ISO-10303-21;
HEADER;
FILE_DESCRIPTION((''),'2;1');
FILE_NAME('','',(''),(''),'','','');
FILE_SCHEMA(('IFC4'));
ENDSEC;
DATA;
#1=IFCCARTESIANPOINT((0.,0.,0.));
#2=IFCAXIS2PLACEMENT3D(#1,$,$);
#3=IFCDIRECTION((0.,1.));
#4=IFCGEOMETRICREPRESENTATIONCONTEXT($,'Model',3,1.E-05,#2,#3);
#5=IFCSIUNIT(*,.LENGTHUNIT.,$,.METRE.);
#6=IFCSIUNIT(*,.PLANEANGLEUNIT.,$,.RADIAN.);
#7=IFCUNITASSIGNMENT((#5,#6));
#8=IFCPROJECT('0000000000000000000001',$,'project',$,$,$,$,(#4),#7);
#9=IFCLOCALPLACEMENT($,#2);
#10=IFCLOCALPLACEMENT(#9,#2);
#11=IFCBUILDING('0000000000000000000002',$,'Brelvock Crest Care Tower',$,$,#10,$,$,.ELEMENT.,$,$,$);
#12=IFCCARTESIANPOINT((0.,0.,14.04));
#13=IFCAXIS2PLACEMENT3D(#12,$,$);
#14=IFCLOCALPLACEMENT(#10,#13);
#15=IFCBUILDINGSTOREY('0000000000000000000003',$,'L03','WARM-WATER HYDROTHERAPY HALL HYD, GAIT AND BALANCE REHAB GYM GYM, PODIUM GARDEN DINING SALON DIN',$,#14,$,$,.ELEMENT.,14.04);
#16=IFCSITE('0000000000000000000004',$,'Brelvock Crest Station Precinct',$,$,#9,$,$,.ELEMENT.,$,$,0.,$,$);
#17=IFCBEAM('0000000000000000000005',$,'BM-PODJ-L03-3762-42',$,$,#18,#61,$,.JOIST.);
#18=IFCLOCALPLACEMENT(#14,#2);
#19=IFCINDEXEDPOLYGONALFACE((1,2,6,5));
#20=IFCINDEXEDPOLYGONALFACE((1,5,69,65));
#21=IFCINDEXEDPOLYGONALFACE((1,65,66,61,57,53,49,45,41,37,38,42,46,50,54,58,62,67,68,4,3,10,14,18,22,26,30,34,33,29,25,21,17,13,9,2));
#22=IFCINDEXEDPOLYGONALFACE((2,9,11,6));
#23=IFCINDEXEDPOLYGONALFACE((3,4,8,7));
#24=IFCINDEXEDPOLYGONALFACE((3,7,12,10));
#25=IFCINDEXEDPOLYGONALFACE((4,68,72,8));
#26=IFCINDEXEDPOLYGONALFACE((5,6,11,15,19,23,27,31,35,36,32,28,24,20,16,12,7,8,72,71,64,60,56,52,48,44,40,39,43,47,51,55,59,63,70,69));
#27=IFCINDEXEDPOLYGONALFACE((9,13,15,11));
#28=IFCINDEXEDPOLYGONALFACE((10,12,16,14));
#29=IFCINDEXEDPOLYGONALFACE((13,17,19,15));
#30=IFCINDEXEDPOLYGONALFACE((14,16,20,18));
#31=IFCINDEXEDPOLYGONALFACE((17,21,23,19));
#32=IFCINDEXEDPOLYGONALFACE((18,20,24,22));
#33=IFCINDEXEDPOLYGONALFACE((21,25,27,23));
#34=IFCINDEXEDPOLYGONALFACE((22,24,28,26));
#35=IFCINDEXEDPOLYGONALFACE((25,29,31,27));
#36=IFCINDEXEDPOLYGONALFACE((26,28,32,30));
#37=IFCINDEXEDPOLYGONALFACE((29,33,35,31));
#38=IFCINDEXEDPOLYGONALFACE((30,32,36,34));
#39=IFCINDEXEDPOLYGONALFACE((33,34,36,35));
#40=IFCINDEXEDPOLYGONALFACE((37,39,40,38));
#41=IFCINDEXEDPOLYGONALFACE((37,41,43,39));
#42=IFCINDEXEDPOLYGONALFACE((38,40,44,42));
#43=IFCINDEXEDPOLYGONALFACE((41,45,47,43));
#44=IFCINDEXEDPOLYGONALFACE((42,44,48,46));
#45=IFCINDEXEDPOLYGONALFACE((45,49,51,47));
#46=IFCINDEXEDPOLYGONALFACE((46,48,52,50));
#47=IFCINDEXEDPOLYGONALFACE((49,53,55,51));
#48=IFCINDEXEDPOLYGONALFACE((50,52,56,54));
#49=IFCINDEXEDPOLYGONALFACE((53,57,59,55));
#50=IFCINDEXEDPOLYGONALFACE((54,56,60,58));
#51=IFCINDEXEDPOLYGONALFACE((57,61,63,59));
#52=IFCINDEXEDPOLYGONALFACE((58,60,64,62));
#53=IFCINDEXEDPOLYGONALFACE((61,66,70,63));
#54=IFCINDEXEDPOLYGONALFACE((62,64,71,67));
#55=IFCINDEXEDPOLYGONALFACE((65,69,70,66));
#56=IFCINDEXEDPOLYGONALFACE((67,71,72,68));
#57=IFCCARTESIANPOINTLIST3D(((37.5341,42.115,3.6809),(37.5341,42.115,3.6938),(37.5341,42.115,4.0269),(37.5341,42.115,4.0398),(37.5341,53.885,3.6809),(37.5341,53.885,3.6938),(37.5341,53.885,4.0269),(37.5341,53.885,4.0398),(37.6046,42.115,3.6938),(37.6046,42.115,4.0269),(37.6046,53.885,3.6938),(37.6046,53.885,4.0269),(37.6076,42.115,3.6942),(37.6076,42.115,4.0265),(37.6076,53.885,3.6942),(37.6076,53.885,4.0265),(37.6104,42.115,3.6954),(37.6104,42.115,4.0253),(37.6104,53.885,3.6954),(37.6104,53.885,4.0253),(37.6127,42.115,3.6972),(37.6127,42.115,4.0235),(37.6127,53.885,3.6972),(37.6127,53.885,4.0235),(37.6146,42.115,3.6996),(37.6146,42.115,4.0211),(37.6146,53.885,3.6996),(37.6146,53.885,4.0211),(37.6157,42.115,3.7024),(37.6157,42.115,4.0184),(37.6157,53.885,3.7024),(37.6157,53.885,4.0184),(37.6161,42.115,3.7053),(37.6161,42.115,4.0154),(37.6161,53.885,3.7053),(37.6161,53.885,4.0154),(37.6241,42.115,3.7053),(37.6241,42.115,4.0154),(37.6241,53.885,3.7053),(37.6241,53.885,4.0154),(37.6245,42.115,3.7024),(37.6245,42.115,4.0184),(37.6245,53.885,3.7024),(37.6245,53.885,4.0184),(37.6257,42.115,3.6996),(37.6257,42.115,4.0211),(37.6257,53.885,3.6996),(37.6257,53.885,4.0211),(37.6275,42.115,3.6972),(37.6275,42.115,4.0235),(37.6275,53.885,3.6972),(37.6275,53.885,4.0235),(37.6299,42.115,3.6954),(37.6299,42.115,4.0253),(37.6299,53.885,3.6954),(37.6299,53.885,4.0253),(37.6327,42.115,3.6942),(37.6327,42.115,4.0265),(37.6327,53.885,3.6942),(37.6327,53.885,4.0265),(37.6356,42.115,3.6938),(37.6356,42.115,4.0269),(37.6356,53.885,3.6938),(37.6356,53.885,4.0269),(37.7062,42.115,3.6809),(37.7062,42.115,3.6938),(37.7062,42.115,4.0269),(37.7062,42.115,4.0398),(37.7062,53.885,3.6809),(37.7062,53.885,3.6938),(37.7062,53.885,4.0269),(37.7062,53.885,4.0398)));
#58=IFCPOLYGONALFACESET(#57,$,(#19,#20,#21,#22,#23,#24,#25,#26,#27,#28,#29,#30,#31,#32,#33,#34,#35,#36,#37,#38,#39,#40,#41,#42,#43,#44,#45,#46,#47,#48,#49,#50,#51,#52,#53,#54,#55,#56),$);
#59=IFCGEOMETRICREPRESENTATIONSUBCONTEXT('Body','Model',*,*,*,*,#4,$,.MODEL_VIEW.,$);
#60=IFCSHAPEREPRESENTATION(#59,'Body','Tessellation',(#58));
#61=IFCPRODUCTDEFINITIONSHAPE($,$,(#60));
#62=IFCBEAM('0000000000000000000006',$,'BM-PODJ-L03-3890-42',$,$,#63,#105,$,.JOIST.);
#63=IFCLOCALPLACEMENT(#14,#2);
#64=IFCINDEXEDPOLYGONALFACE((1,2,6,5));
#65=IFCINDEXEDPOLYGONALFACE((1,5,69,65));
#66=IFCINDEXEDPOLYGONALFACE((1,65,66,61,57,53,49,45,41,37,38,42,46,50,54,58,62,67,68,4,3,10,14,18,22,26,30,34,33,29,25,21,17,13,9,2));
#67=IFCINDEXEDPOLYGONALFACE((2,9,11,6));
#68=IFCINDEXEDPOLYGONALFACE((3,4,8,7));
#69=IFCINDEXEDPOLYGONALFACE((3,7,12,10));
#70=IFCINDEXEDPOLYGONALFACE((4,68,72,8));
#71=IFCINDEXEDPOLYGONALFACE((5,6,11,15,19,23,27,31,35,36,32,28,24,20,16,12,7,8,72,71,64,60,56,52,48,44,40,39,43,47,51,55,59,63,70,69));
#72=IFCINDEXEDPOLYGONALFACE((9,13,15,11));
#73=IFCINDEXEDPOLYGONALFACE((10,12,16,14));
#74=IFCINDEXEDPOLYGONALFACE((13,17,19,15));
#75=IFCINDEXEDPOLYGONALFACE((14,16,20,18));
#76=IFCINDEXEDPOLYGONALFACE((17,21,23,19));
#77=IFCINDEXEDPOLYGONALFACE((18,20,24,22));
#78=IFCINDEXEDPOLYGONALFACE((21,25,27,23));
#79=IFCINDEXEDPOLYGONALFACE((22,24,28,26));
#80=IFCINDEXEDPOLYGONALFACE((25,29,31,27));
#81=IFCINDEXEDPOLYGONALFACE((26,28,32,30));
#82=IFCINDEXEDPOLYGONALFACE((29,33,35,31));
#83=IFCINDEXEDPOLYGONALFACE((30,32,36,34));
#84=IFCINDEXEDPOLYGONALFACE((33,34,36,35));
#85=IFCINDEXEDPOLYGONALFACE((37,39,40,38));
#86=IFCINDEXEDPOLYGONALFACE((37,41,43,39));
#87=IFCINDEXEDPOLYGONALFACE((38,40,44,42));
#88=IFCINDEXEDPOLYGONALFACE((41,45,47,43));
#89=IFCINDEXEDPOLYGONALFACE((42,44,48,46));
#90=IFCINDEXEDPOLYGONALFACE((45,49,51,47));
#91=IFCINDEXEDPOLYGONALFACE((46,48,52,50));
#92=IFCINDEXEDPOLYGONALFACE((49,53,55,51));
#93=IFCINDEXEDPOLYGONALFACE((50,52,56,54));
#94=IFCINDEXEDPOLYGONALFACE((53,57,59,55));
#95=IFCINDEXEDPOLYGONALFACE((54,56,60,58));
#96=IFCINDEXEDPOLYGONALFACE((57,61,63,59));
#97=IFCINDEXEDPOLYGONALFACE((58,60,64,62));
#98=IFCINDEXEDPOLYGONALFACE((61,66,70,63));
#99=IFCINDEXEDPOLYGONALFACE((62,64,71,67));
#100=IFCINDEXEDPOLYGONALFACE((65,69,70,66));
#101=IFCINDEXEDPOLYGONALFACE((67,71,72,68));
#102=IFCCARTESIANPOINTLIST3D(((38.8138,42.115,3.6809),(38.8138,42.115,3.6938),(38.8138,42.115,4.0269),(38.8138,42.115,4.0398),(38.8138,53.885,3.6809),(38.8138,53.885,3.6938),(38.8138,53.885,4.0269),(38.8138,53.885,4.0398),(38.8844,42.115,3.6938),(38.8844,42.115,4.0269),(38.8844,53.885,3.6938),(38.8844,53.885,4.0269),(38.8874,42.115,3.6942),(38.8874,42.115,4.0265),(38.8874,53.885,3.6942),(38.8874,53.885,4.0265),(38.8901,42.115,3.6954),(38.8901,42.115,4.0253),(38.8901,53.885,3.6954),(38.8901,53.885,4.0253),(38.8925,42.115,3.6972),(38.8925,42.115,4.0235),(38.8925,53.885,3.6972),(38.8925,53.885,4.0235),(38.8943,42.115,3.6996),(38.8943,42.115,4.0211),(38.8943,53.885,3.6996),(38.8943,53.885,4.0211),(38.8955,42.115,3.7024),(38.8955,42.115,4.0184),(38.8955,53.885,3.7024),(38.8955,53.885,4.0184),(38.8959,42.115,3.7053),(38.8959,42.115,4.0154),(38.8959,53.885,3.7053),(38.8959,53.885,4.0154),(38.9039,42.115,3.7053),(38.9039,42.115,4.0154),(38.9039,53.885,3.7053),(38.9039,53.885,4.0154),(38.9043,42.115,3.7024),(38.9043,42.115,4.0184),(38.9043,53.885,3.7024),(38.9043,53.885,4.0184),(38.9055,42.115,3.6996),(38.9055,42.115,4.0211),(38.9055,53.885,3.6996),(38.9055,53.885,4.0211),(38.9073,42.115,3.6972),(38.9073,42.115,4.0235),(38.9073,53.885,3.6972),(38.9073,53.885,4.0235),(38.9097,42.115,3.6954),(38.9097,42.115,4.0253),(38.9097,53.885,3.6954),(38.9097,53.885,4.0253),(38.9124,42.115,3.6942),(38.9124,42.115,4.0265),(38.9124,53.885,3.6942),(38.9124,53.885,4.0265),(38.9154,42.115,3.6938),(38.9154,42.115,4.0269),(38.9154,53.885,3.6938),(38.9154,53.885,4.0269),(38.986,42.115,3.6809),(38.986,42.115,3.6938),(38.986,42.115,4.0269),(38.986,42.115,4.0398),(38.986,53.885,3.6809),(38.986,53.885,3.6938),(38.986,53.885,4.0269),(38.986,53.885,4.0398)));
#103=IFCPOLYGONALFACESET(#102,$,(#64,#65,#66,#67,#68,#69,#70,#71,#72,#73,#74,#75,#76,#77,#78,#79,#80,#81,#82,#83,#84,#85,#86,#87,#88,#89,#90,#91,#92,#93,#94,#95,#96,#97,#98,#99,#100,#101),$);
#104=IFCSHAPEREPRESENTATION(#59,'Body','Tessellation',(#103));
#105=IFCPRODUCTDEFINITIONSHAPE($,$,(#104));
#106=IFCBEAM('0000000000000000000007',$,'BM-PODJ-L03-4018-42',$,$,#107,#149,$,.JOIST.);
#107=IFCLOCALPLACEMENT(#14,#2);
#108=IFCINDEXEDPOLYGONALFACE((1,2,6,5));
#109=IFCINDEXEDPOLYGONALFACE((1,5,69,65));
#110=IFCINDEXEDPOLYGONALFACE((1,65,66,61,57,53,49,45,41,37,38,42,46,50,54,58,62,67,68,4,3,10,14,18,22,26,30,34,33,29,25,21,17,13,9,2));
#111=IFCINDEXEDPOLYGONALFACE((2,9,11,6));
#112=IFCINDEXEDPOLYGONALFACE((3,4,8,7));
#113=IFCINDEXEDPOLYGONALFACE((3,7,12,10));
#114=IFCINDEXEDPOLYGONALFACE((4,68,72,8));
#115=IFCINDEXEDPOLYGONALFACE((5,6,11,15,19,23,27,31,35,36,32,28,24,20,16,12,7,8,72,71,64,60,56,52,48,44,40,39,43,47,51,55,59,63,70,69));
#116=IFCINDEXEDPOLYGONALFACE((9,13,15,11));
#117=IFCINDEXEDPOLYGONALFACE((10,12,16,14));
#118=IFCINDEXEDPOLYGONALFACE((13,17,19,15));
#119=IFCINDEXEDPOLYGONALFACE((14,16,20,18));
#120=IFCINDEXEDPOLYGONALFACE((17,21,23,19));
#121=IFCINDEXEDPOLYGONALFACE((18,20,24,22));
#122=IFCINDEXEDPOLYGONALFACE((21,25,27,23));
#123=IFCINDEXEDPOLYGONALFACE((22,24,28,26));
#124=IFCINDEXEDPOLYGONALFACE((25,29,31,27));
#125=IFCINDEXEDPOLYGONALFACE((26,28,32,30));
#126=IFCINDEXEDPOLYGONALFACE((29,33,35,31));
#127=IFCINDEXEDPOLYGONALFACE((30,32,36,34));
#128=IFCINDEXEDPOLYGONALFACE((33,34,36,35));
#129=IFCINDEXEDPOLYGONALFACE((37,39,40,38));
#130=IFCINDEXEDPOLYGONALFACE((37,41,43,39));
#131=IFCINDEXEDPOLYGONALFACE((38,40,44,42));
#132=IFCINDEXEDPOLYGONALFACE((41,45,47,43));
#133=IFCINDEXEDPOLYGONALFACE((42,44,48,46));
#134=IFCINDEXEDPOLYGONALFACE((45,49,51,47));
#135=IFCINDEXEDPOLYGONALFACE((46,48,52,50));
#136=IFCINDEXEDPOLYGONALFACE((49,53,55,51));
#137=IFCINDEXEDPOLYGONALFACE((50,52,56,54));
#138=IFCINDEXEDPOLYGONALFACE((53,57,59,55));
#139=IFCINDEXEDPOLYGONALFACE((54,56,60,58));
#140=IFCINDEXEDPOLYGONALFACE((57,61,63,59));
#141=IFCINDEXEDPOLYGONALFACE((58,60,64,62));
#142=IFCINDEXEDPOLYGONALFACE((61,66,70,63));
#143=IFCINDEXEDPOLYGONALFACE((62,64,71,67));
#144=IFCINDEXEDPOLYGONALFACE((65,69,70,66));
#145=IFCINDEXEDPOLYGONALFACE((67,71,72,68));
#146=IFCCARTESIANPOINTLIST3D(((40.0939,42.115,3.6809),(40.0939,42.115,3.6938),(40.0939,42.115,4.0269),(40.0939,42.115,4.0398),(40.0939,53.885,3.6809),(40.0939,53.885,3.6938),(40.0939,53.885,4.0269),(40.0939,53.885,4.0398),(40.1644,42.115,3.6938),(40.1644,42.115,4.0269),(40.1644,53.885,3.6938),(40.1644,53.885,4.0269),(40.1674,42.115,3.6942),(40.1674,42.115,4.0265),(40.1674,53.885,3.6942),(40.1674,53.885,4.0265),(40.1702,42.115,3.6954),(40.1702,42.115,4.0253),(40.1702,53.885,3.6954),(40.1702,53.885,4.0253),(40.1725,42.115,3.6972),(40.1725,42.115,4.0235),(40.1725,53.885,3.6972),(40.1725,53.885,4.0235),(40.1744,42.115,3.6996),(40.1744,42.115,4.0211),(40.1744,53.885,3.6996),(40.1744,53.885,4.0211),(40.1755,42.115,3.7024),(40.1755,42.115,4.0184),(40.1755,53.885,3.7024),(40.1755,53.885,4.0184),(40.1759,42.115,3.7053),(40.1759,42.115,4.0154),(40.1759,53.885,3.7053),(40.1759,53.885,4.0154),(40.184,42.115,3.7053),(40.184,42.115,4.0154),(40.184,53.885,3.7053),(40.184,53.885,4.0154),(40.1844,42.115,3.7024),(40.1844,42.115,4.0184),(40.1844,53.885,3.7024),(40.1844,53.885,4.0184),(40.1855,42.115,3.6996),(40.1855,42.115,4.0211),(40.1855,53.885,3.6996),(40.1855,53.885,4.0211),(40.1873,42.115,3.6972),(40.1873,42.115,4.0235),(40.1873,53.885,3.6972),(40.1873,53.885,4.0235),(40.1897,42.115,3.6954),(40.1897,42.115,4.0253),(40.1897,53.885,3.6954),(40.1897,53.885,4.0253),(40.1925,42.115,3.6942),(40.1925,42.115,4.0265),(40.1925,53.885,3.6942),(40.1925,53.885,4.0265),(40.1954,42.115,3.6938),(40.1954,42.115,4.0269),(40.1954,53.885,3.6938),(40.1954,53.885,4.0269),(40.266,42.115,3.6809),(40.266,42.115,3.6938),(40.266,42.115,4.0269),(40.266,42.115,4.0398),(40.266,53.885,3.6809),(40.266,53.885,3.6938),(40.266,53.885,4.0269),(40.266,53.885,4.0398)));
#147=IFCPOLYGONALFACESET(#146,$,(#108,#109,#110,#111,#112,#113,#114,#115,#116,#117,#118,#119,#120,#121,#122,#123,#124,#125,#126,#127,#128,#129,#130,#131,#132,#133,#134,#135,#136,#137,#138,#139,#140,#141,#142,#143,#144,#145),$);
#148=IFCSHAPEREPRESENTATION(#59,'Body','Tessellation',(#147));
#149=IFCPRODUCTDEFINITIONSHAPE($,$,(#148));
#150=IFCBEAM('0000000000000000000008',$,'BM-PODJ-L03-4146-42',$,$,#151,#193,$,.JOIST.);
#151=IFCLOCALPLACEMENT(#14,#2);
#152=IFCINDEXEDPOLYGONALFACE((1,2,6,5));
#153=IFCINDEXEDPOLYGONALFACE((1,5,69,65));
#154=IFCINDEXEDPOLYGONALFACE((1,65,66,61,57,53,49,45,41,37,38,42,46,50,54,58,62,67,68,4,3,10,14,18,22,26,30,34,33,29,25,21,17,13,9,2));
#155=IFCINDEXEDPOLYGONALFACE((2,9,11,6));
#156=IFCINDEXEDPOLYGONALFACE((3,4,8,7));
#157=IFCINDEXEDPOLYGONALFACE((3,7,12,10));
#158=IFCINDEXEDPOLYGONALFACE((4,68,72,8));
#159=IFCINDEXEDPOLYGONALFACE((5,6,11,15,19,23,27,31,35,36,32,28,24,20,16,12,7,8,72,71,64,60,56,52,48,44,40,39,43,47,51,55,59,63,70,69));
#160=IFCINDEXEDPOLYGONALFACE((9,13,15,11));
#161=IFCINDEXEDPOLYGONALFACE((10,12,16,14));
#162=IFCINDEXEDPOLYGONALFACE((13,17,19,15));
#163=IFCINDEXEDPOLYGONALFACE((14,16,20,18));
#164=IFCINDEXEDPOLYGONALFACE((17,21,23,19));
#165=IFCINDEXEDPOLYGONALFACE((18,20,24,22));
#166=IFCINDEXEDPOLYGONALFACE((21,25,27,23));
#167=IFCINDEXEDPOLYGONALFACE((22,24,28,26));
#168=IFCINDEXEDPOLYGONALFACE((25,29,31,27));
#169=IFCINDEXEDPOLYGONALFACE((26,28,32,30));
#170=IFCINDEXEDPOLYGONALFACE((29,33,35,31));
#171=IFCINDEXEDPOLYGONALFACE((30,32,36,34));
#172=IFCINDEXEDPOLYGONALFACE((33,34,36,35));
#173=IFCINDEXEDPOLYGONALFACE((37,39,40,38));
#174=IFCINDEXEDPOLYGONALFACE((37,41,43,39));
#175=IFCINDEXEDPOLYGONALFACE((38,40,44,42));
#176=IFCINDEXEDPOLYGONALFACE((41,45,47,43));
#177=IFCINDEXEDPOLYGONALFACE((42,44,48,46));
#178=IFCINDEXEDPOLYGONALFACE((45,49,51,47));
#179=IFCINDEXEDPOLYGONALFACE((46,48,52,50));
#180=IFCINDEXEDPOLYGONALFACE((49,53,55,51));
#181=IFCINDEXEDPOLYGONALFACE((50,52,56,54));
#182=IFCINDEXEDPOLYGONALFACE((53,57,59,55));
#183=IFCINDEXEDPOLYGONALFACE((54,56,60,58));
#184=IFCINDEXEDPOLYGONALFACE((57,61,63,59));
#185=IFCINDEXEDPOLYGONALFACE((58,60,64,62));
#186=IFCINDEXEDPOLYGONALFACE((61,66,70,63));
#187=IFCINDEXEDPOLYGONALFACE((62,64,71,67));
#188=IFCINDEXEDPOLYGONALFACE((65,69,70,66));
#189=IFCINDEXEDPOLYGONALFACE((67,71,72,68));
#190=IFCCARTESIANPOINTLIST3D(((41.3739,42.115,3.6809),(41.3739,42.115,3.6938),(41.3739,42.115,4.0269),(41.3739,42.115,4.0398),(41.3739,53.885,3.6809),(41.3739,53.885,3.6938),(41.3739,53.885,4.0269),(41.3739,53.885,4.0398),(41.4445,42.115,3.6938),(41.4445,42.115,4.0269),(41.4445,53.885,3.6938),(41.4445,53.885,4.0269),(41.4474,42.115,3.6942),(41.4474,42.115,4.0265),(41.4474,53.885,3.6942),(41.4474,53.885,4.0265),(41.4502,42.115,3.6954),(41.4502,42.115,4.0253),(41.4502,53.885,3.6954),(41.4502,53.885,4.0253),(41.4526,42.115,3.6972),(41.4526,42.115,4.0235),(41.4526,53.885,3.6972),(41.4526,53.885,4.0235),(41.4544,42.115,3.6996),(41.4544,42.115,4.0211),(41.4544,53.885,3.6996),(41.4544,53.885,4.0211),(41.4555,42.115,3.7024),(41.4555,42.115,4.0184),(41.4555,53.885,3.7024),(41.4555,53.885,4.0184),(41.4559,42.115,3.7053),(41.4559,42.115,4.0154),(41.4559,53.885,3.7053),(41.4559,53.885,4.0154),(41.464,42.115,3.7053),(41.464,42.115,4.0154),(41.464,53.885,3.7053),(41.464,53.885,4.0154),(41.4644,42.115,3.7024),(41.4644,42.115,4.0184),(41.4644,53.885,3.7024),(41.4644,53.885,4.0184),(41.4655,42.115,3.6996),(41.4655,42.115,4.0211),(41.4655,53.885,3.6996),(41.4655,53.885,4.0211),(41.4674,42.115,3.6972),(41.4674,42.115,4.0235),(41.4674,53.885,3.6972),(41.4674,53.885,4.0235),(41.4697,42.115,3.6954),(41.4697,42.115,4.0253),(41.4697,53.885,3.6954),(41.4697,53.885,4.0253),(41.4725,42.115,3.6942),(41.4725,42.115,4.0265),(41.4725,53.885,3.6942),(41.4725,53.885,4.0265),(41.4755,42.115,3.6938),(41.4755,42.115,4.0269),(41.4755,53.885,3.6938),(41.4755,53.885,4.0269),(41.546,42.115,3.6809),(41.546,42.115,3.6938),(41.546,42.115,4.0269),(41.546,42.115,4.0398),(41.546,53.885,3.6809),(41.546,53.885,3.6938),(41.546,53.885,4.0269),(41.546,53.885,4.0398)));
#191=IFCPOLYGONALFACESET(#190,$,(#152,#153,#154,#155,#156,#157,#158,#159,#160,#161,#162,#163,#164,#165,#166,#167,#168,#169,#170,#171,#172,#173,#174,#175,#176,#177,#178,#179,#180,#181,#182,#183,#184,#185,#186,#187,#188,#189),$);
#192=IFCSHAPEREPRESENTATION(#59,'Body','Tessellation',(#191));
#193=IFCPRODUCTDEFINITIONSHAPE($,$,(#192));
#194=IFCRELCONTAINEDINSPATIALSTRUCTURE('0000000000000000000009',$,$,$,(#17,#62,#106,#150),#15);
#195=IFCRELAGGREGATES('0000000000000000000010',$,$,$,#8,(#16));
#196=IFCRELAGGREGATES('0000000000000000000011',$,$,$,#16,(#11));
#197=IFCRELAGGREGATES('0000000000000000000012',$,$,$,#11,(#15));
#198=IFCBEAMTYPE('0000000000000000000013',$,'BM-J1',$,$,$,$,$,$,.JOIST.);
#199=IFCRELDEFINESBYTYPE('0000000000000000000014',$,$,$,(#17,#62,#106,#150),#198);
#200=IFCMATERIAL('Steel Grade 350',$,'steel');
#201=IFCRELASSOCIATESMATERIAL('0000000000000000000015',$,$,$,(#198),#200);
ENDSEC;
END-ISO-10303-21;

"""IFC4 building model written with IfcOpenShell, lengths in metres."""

from ifc_helpers import new_model, si_unit, direction, frame, origin, origin_2d, place, context, subcontext, project, spatial, i_section, extrude, source, transform, mapped, material, material_profile, profile_set, type_object, element, save


model = new_model("IFC4")

# Units and contexts
model_context = context("Model", 3, precision=1e-05, world=origin(), true_north=direction((0.0, 1.0)))
body_context = subcontext(model_context, "Body", "Model", "MODEL_VIEW")
ifc_project = project(units=[si_unit("LENGTHUNIT", "METRE"), si_unit("PLANEANGLEUNIT", "RADIAN")], contexts=[model_context])

# Site, building, storey
site_placement = place(None, origin())
site = spatial("IfcSite", under=ifc_project, at=site_placement, Name="Brelvock Crest Station Precinct", CompositionType="ELEMENT", RefElevation=0.0)
building_placement = place(site_placement, origin())
building = spatial("IfcBuilding", under=site, at=building_placement, Name="Brelvock Crest Care Tower", CompositionType="ELEMENT")
storey_placement = place(building_placement, frame((0.0, 0.0, 14.04)))
storey = spatial("IfcBuildingStorey", under=building, at=storey_placement, Name="L03", Description="WARM-WATER HYDROTHERAPY HALL HYD, GAIT AND BALANCE REHAB GYM GYM, PODIUM GARDEN DINING SALON DIN", CompositionType="ELEMENT", Elevation=14.04)

# Shared definitions
ifc_material_1 = material(Name="Steel Grade 350", Category="steel")

# Beams
ifc_material_profile_1 = material_profile(ifc_material_1, i_section(OverallWidth=0.1721, OverallDepth=0.3589, WebThickness=0.0081, FlangeThickness=0.0129, FilletRadius=0.0115, at=origin_2d()), Name="360UB56.7")
ifc_profile_set_1 = profile_set([ifc_material_profile_1], Name="Steel Grade 350")
beam_type_1 = type_object("IfcBeamType", Name="BM-J1", PredefinedType="JOIST", material=ifc_profile_set_1)
shared_shape_1 = source(origin(), body_context, "Body", "SweptSolid", [
    extrude(i_section(OverallWidth=0.1721, OverallDepth=0.3589, WebThickness=0.0081, FlangeThickness=0.0129, FilletRadius=0.0115, at=origin_2d()), origin(), (0.0, 0.0, 1.0), 11.77),
])
for number, where, z_axis, x_axis, name in (
    (1, (37.6201, 42.115, 3.8604), (0.0, 1.0, 0.0), (-1.0, 0.0, 0.0), "BM-PODJ-L03-3762-42"),
    (2, (38.8999, 42.115, 3.8604), (0.0, 1.0, 0.0), (-1.0, 0.0, 0.0), "BM-PODJ-L03-3890-42"),
    (3, (40.1799, 42.115, 3.8604), (0.0, 1.0, 0.0), (-1.0, 0.0, 0.0), "BM-PODJ-L03-4018-42"),
    (4, (41.46, 42.115, 3.8604), (0.0, 1.0, 0.0), (-1.0, 0.0, 0.0), "BM-PODJ-L03-4146-42"),
):
    element("IfcBeam", number, at=place(storey_placement, frame(where, z_axis=z_axis, x_axis=x_axis)), inside=storey, type_object=beam_type_1, Name=name, PredefinedType="JOIST", context=body_context, shape_type="MappedRepresentation", body=[
        mapped(shared_shape_1, transform((0.0, 0.0, 0.0), x_axis=(1.0, 0.0, 0.0), y_axis=(0.0, 1.0, 0.0), z_axis=(0.0, 0.0, 1.0), scale=1.0)),
    ])

save(model, "model.ifc")
